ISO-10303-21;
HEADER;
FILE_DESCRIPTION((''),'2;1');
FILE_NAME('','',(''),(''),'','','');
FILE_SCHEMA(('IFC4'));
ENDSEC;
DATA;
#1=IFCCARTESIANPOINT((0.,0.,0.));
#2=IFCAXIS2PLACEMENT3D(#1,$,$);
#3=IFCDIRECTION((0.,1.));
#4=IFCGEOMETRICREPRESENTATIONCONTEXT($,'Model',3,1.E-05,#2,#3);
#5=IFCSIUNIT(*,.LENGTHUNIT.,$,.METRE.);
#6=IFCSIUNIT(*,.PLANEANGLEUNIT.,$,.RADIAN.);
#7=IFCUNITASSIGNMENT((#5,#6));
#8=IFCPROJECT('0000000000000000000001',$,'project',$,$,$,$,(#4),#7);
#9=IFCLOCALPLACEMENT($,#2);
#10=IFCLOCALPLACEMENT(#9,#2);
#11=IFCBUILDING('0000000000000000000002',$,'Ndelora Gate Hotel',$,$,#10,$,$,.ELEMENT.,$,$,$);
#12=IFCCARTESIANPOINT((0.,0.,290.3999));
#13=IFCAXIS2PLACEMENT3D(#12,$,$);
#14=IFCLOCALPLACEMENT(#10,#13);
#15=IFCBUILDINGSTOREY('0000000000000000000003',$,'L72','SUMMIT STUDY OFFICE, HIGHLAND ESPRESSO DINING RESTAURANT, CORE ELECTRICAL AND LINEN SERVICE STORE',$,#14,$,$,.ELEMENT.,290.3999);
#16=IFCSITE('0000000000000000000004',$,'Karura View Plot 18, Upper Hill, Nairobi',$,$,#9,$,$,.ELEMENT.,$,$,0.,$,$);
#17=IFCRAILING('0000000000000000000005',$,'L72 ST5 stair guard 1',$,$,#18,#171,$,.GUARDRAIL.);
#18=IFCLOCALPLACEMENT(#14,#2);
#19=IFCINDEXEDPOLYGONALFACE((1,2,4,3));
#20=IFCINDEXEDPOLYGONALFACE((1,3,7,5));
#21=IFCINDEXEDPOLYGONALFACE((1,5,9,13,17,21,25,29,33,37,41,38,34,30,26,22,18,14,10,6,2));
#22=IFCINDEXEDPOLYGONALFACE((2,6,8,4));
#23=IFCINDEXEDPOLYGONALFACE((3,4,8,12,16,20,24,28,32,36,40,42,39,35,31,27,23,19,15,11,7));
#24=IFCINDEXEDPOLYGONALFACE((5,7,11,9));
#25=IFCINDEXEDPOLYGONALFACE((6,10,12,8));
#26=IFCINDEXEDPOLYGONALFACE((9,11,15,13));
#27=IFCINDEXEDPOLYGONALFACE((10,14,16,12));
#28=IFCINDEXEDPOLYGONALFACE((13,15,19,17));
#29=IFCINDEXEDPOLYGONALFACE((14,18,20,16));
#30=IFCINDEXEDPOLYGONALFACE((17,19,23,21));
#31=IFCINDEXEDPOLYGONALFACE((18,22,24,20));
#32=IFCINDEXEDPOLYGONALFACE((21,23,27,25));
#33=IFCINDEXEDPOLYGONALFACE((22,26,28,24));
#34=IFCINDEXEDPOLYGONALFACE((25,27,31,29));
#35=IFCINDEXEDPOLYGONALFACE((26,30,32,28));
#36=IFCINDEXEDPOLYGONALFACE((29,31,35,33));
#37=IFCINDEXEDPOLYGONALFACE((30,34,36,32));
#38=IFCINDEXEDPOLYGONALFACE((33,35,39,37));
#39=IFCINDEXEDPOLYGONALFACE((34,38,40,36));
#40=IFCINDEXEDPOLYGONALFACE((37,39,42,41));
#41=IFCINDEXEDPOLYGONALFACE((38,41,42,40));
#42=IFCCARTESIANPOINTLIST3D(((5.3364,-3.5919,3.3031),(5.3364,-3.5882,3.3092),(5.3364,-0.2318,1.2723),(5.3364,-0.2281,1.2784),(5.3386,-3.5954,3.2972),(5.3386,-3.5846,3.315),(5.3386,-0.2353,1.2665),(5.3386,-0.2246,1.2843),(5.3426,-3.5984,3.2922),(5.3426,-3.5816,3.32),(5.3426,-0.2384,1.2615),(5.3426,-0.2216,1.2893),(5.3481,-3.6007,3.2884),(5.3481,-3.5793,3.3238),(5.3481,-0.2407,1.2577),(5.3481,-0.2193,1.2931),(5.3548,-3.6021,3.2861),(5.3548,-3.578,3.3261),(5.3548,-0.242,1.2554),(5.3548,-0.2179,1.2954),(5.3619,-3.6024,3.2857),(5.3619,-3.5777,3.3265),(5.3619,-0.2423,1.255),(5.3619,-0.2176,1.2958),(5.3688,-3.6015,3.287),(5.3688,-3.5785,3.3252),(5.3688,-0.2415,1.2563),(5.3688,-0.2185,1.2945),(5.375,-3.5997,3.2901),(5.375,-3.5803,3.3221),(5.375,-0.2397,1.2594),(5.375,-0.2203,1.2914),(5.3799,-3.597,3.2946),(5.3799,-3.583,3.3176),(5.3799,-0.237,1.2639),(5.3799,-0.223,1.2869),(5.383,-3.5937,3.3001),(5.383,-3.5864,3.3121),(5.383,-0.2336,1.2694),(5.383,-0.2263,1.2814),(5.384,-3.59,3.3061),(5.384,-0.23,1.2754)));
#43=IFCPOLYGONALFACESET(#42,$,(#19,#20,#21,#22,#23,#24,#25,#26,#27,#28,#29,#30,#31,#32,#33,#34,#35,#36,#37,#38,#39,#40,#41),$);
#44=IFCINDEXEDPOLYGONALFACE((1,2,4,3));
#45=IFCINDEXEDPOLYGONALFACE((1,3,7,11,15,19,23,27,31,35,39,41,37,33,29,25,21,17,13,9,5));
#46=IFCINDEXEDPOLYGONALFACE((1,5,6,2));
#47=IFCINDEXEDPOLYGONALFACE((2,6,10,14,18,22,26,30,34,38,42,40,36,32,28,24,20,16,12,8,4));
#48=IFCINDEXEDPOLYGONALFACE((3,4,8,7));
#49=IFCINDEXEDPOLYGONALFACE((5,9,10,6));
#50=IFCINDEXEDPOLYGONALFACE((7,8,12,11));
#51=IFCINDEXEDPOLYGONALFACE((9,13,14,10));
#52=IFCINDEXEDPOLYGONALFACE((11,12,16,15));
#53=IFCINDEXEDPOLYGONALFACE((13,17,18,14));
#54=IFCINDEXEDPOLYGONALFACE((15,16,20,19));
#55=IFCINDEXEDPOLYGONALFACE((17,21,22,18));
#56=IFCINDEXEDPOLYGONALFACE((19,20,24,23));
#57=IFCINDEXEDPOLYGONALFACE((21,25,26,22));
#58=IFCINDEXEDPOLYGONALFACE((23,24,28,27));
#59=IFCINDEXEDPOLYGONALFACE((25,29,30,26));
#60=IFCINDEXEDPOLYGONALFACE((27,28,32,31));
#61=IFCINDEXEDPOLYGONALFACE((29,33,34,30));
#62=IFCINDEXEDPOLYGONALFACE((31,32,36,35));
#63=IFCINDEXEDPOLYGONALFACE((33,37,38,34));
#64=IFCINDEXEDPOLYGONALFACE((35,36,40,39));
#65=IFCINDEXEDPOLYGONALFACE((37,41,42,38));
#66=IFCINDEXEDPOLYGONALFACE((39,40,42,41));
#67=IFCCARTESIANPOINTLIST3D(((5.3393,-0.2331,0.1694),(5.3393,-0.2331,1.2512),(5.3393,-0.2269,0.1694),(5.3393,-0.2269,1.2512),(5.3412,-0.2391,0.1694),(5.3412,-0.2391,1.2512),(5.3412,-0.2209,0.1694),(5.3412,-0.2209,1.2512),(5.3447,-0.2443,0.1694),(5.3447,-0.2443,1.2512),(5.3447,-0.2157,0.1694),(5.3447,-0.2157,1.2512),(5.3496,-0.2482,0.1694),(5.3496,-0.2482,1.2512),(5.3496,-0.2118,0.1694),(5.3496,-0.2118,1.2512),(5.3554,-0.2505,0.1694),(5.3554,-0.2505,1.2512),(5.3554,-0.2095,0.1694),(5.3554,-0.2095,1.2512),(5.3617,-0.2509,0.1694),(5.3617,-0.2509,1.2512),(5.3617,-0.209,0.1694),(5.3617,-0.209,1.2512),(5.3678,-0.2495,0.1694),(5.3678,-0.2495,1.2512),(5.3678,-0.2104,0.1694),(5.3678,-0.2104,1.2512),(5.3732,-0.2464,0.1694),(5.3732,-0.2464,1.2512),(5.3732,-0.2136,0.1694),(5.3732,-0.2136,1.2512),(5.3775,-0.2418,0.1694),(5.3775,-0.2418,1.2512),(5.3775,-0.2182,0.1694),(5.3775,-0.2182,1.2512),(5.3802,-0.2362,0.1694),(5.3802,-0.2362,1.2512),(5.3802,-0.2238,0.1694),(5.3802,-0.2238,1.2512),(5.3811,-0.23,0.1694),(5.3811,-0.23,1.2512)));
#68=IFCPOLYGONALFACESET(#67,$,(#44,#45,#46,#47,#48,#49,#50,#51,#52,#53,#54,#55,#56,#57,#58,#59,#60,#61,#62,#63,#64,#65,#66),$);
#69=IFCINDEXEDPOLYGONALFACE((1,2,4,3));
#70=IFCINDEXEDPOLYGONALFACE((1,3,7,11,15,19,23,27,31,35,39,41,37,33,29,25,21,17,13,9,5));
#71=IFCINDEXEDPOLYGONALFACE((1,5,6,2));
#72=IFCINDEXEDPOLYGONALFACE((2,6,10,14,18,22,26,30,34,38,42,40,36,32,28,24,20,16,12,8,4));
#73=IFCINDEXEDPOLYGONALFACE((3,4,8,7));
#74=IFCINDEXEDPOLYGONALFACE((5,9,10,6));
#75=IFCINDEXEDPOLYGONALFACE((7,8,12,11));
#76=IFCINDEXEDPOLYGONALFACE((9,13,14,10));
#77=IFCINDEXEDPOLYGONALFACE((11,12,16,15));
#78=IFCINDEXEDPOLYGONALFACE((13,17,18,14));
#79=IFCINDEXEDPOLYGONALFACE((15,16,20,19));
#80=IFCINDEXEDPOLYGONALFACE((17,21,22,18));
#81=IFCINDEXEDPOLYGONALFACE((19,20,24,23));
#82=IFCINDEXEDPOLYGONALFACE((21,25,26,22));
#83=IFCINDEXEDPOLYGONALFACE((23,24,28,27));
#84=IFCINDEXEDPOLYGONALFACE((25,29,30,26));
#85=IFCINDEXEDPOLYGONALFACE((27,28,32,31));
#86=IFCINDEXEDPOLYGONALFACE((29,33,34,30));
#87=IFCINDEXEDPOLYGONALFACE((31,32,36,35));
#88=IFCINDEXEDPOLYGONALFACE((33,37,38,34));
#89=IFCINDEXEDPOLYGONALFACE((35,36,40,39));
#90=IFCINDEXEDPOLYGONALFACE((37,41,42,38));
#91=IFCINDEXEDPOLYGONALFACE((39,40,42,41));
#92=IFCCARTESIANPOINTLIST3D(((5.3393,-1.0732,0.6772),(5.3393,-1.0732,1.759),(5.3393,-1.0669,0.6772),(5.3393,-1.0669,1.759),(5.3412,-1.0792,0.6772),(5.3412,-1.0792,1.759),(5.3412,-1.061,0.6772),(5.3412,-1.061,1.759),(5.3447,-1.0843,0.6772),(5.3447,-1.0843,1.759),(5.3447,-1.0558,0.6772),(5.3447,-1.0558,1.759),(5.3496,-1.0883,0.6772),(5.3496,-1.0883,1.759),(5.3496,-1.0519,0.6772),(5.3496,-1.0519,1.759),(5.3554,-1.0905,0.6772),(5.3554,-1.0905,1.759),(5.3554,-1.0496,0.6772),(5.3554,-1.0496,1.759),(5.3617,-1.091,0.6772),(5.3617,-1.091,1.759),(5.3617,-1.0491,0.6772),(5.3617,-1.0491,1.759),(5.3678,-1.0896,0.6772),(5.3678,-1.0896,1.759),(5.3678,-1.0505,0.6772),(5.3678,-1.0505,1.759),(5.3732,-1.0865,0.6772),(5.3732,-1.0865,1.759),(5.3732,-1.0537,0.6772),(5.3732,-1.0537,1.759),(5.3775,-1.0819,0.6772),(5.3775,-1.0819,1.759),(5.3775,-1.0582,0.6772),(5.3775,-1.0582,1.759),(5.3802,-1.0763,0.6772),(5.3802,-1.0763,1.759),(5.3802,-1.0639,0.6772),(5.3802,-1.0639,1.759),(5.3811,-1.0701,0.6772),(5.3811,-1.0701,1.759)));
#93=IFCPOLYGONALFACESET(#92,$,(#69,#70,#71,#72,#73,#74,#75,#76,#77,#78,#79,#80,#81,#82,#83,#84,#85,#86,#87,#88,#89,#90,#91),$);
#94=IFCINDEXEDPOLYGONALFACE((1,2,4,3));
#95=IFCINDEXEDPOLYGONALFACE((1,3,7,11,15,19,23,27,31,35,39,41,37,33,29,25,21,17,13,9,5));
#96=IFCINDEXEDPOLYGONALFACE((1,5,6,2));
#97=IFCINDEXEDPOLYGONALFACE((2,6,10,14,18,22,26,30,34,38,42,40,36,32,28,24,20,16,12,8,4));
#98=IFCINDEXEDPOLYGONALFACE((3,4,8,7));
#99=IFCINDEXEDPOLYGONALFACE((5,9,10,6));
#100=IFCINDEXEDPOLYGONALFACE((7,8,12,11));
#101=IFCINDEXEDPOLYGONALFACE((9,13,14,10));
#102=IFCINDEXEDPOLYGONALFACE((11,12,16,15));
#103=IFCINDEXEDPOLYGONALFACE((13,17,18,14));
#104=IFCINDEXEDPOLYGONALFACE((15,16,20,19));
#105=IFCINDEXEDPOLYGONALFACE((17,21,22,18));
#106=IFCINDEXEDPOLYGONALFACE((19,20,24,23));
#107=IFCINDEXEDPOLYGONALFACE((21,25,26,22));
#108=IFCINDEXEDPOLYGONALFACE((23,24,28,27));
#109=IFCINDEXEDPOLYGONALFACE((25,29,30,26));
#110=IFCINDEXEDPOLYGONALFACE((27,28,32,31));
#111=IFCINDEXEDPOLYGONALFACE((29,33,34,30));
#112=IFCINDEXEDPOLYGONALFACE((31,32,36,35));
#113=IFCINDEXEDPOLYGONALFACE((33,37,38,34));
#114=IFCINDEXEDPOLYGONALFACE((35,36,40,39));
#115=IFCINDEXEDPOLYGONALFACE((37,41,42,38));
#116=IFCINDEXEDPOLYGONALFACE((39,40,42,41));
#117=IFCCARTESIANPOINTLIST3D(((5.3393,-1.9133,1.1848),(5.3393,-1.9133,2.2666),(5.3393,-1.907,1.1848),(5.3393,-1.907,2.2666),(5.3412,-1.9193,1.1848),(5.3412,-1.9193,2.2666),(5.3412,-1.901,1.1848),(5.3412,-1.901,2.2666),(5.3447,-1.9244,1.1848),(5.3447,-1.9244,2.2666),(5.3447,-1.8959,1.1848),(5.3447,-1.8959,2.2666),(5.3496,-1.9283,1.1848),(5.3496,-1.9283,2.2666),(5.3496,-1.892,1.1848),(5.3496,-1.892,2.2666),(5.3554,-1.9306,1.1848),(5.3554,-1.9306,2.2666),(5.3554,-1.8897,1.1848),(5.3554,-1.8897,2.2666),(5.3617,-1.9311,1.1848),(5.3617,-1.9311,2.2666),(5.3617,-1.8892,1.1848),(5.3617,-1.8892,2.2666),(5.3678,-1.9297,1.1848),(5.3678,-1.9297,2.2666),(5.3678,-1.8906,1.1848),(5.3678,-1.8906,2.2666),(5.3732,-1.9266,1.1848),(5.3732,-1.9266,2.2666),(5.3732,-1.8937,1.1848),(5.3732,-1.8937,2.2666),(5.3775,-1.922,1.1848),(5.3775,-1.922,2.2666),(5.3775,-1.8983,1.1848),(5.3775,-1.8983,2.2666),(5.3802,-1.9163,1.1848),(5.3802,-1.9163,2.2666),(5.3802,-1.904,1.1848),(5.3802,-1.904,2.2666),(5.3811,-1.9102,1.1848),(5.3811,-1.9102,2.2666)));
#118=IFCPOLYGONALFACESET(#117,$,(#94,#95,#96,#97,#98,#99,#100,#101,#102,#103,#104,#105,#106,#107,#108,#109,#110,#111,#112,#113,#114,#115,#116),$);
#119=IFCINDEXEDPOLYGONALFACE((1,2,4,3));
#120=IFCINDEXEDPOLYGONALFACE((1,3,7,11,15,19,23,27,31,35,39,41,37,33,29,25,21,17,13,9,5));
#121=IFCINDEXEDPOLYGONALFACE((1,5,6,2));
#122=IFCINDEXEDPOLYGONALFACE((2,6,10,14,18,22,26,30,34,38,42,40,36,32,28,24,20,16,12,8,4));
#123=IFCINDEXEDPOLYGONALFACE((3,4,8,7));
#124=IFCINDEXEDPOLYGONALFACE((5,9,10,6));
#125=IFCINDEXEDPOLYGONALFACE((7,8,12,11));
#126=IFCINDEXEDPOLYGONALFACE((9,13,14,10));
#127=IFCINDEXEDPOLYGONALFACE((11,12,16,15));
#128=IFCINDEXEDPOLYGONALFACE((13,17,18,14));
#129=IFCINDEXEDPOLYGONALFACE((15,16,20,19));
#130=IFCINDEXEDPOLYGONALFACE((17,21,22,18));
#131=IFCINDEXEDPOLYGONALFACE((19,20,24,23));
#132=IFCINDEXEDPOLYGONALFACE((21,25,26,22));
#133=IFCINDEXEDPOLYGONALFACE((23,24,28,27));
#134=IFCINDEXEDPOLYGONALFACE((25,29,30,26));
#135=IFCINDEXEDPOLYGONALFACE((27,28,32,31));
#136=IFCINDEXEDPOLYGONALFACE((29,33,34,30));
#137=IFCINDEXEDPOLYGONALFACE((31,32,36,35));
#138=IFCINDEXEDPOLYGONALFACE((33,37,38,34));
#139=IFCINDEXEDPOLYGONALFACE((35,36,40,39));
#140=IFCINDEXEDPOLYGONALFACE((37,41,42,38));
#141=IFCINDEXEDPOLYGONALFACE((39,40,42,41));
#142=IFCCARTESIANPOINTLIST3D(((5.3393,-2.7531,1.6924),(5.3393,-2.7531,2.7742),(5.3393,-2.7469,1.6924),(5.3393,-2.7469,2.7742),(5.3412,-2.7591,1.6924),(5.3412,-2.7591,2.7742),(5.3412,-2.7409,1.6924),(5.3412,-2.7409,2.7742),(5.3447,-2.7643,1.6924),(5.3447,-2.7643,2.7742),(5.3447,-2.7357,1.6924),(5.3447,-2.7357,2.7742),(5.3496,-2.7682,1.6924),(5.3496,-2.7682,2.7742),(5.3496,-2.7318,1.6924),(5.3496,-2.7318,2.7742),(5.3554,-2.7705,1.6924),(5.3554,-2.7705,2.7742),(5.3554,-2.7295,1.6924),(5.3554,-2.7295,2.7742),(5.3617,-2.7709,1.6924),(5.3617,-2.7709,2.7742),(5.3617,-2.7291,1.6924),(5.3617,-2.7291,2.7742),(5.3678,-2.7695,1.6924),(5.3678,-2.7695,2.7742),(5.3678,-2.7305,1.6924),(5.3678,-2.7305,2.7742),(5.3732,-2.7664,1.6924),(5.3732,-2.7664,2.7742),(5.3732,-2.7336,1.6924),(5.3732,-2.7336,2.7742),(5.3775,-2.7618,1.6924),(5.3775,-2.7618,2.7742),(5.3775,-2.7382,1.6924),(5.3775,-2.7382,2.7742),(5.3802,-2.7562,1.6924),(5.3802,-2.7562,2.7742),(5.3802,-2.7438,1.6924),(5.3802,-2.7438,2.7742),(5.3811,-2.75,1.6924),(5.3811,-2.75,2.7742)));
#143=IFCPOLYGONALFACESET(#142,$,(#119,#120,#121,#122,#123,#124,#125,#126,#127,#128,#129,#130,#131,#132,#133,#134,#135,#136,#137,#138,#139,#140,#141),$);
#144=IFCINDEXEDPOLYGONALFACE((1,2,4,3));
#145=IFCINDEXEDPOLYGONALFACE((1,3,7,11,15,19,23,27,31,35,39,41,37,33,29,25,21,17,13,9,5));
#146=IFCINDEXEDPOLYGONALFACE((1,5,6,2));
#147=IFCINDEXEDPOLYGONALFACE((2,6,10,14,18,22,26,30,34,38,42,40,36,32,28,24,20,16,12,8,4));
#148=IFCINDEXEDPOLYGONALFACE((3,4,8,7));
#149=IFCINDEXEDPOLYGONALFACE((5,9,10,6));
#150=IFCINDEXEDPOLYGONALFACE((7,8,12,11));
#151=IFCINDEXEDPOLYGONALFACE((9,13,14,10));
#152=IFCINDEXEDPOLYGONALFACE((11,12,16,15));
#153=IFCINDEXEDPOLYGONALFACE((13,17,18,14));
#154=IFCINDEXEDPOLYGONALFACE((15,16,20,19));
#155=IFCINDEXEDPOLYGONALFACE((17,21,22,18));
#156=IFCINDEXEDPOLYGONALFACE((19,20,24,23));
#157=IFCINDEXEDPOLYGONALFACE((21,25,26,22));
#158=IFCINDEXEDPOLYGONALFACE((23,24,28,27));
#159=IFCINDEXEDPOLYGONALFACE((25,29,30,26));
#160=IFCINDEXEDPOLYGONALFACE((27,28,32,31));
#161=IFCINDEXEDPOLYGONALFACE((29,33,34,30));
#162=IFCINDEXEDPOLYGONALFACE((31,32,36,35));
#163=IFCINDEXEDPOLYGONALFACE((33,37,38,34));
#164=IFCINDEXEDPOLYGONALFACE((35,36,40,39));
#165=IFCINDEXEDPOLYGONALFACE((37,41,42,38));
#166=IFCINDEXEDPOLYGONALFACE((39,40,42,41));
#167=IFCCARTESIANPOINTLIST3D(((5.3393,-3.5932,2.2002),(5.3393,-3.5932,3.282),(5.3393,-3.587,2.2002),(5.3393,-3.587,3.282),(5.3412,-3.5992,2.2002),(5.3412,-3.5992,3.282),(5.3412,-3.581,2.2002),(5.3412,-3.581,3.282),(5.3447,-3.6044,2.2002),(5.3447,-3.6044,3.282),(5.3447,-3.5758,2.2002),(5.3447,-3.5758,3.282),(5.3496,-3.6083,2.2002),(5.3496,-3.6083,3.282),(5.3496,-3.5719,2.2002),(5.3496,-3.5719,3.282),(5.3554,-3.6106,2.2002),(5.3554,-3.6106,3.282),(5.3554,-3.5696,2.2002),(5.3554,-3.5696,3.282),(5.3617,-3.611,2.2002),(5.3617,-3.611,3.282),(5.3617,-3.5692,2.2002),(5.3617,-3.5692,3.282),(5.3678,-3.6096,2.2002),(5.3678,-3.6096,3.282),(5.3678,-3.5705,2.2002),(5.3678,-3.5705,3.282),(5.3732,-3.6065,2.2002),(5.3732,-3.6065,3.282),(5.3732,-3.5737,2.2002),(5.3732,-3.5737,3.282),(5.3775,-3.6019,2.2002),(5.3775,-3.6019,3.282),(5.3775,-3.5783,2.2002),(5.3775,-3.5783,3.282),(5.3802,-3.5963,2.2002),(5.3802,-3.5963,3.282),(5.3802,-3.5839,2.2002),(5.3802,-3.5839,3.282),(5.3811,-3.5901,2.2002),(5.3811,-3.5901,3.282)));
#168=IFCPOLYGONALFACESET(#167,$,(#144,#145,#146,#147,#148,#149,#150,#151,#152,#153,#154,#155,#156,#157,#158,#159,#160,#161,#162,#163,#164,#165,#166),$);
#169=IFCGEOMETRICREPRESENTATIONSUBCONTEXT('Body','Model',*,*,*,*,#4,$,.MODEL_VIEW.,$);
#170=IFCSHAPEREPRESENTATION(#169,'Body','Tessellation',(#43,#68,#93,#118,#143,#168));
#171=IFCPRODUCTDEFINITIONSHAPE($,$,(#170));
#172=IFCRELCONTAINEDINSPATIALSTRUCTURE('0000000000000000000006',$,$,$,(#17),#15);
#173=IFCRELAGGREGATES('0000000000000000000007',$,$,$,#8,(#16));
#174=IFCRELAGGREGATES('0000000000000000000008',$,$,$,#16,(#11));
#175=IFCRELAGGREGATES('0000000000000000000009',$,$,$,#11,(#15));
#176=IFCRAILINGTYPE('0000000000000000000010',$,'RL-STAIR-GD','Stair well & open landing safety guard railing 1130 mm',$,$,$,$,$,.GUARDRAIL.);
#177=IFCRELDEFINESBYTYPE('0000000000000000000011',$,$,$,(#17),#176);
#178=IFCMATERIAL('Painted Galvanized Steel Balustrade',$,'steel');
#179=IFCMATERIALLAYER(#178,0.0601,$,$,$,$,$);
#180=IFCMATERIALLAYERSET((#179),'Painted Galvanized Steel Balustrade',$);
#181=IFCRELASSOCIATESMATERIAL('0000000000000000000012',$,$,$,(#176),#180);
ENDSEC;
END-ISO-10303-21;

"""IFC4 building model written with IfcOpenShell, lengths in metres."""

from ifc_helpers import new_model, si_unit, direction, frame, origin, origin_2d, place, context, subcontext, project, spatial, circle, extrude, material, layer, layer_set, type_object, element, save


model = new_model("IFC4")

# Units and contexts
model_context = context("Model", 3, precision=1e-05, world=origin(), true_north=direction((0.0, 1.0)))
body_context = subcontext(model_context, "Body", "Model", "MODEL_VIEW")
ifc_project = project(units=[si_unit("LENGTHUNIT", "METRE"), si_unit("PLANEANGLEUNIT", "RADIAN")], contexts=[model_context])

# Site, building, storey
site_placement = place(None, origin())
site = spatial("IfcSite", under=ifc_project, at=site_placement, Name="Karura View Plot 18, Upper Hill, Nairobi", CompositionType="ELEMENT", RefElevation=0.0)
building_placement = place(site_placement, origin())
building = spatial("IfcBuilding", under=site, at=building_placement, Name="Ndelora Gate Hotel", CompositionType="ELEMENT")
storey_placement = place(building_placement, frame((0.0, 0.0, 290.3999)))
storey = spatial("IfcBuildingStorey", under=building, at=storey_placement, Name="L72", Description="SUMMIT STUDY OFFICE, HIGHLAND ESPRESSO DINING RESTAURANT, CORE ELECTRICAL AND LINEN SERVICE STORE", CompositionType="ELEMENT", Elevation=290.3999)

# Railing
ifc_material_1 = material(Name="Painted Galvanized Steel Balustrade", Category="steel")
ifc_layer_1 = layer(ifc_material_1, 0.0601)
ifc_layer_set_1 = layer_set([ifc_layer_1], Name="Painted Galvanized Steel Balustrade")
railing_type_1 = type_object("IfcRailingType", Name="RL-STAIR-GD", Description="Stair well & open landing safety guard railing 1130 mm", PredefinedType="GUARDRAIL", material=ifc_layer_set_1)
railing_1_placement = place(storey_placement, frame((5.3601, -0.23, 0.1694)))
element("IfcRailing", 1, at=railing_1_placement, inside=storey, type_object=railing_type_1, Name="L72 ST5 stair guard 1", PredefinedType="GUARDRAIL", context=body_context, shape_type="SweptSolid", body=[
    extrude(circle(Radius=0.0239, at=origin_2d()), frame((0.0, 0.0, 1.106), z_axis=(0.0, -0.855837, 0.517246), x_axis=(1.0, 0.0, 0.0)), (0.0, 0.0, 1.0), 3.926),
    extrude(circle(Radius=0.021, at=origin_2d()), origin(), (0.0, 0.0, 1.0), 1.0818),
    extrude(circle(Radius=0.021, at=origin_2d()), frame((0.0, -0.8401, 0.5078)), (0.0, 0.0, 1.0), 1.0818),
    extrude(circle(Radius=0.021, at=origin_2d()), frame((0.0, -1.6802, 1.0154)), (0.0, 0.0, 1.0), 1.0818),
    extrude(circle(Radius=0.021, at=origin_2d()), frame((0.0, -2.52, 1.5229)), (0.0, 0.0, 1.0), 1.0818),
    extrude(circle(Radius=0.021, at=origin_2d()), frame((0.0, -3.3601, 2.0308)), (0.0, 0.0, 1.0), 1.0818),
])

save(model, "model.ifc")
